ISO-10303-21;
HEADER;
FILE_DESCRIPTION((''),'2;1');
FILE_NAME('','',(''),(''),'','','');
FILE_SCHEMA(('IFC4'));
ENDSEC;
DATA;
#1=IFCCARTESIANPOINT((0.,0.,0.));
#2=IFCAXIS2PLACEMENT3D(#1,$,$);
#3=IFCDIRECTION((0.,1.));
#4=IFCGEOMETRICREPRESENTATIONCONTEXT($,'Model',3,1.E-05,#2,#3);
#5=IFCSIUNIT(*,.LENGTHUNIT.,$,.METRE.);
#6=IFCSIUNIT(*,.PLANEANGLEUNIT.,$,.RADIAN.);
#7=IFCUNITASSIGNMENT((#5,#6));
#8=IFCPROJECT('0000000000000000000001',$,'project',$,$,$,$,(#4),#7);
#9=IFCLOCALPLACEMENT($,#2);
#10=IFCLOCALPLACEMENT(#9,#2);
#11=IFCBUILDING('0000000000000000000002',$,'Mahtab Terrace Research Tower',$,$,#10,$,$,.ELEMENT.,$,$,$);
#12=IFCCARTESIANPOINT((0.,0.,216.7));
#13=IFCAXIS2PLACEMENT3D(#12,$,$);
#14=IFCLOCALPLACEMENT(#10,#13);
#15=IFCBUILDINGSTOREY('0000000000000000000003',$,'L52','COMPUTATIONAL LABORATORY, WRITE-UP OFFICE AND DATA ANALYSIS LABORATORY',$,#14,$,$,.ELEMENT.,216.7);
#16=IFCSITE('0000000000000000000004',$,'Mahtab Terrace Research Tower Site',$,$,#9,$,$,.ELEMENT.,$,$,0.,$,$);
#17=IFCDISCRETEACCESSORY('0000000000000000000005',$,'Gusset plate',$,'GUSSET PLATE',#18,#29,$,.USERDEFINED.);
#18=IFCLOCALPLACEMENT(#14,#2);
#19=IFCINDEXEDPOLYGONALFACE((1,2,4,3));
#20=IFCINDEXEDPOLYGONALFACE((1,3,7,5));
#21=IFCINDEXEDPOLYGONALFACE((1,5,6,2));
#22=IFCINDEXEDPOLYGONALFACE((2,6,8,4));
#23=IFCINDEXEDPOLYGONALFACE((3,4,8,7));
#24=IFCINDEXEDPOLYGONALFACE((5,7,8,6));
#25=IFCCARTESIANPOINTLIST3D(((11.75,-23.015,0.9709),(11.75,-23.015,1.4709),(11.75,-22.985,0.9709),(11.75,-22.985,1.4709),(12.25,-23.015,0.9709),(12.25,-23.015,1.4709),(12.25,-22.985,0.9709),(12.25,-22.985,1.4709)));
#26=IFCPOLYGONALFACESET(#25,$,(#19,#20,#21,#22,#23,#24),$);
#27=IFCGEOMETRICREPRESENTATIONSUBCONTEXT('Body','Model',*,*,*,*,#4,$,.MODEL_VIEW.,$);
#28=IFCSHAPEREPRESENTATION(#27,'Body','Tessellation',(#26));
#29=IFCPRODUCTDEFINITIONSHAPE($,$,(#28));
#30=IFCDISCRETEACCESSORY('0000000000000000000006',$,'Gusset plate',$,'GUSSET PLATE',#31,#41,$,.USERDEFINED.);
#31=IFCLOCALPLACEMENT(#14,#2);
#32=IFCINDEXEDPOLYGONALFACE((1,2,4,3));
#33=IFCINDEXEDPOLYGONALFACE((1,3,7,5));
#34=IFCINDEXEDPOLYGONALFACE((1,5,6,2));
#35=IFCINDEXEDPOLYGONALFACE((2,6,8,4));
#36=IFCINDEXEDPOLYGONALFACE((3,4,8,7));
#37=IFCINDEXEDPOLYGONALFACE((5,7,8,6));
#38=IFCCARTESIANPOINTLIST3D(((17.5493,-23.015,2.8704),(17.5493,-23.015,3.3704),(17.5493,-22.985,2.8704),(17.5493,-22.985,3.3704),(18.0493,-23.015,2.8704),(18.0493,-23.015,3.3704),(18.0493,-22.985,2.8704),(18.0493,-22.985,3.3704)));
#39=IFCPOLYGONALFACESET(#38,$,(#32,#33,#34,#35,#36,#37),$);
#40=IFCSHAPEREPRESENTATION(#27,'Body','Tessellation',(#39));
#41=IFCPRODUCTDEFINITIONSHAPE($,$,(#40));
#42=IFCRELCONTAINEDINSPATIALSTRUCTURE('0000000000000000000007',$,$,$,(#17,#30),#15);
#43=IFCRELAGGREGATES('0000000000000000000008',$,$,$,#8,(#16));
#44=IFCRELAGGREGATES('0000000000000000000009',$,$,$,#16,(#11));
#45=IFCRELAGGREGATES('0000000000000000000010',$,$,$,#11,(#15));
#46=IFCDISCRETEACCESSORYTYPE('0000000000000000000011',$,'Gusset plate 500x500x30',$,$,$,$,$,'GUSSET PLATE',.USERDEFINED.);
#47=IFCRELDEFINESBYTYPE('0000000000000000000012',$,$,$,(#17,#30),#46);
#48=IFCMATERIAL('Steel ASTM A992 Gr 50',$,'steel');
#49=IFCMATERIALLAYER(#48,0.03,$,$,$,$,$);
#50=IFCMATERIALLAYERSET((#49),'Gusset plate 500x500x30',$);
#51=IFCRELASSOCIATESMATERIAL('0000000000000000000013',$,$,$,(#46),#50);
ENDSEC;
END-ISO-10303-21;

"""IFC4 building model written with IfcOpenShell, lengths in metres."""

from ifc_helpers import new_model, si_unit, direction, frame, origin, origin_2d, place, context, subcontext, project, spatial, rectangle, extrude, material, layer, layer_set, type_object, element, save


model = new_model("IFC4")

# Units and contexts
model_context = context("Model", 3, precision=1e-05, world=origin(), true_north=direction((0.0, 1.0)))
body_context = subcontext(model_context, "Body", "Model", "MODEL_VIEW")
ifc_project = project(units=[si_unit("LENGTHUNIT", "METRE"), si_unit("PLANEANGLEUNIT", "RADIAN")], contexts=[model_context])

# Site, building, storey
site_placement = place(None, origin())
site = spatial("IfcSite", under=ifc_project, at=site_placement, Name="Mahtab Terrace Research Tower Site", CompositionType="ELEMENT", RefElevation=0.0)
building_placement = place(site_placement, origin())
building = spatial("IfcBuilding", under=site, at=building_placement, Name="Mahtab Terrace Research Tower", CompositionType="ELEMENT")
storey_placement = place(building_placement, frame((0.0, 0.0, 216.7)))
storey = spatial("IfcBuildingStorey", under=building, at=storey_placement, Name="L52", Description="COMPUTATIONAL LABORATORY, WRITE-UP OFFICE AND DATA ANALYSIS LABORATORY", CompositionType="ELEMENT", Elevation=216.7)

# Shared definitions
ifc_material_1 = material(Name="Steel ASTM A992 Gr 50", Category="steel")

# Discrete accessories
ifc_layer_1 = layer(ifc_material_1, 0.03)
ifc_layer_set_1 = layer_set([ifc_layer_1], Name="Gusset plate 500x500x30")
discrete_accessory_type = type_object("IfcDiscreteAccessoryType", Name="Gusset plate 500x500x30", ElementType="GUSSET PLATE", PredefinedType="USERDEFINED", material=ifc_layer_set_1)
for number, where, z_axis, x_axis, name in (
    (1, (12.0, -23.0, 0.9709), (0.0, 0.0, 1.0), (1.0, 0.0, 0.0), "Gusset plate"),
    (2, (17.7993, -23.0, 2.8704), (0.0, 0.0, 1.0), (1.0, 0.0, 0.0), "Gusset plate"),
):
    element("IfcDiscreteAccessory", number, at=place(storey_placement, frame(where, z_axis=z_axis, x_axis=x_axis)), inside=storey, type_object=discrete_accessory_type, Name=name, ObjectType="GUSSET PLATE", PredefinedType="USERDEFINED", context=body_context, shape_type="SweptSolid", body=[
        extrude(rectangle(XDim=0.5, YDim=0.03, at=origin_2d()), origin(), (0.0, 0.0, 1.0), 0.5),
    ])

save(model, "model.ifc")
